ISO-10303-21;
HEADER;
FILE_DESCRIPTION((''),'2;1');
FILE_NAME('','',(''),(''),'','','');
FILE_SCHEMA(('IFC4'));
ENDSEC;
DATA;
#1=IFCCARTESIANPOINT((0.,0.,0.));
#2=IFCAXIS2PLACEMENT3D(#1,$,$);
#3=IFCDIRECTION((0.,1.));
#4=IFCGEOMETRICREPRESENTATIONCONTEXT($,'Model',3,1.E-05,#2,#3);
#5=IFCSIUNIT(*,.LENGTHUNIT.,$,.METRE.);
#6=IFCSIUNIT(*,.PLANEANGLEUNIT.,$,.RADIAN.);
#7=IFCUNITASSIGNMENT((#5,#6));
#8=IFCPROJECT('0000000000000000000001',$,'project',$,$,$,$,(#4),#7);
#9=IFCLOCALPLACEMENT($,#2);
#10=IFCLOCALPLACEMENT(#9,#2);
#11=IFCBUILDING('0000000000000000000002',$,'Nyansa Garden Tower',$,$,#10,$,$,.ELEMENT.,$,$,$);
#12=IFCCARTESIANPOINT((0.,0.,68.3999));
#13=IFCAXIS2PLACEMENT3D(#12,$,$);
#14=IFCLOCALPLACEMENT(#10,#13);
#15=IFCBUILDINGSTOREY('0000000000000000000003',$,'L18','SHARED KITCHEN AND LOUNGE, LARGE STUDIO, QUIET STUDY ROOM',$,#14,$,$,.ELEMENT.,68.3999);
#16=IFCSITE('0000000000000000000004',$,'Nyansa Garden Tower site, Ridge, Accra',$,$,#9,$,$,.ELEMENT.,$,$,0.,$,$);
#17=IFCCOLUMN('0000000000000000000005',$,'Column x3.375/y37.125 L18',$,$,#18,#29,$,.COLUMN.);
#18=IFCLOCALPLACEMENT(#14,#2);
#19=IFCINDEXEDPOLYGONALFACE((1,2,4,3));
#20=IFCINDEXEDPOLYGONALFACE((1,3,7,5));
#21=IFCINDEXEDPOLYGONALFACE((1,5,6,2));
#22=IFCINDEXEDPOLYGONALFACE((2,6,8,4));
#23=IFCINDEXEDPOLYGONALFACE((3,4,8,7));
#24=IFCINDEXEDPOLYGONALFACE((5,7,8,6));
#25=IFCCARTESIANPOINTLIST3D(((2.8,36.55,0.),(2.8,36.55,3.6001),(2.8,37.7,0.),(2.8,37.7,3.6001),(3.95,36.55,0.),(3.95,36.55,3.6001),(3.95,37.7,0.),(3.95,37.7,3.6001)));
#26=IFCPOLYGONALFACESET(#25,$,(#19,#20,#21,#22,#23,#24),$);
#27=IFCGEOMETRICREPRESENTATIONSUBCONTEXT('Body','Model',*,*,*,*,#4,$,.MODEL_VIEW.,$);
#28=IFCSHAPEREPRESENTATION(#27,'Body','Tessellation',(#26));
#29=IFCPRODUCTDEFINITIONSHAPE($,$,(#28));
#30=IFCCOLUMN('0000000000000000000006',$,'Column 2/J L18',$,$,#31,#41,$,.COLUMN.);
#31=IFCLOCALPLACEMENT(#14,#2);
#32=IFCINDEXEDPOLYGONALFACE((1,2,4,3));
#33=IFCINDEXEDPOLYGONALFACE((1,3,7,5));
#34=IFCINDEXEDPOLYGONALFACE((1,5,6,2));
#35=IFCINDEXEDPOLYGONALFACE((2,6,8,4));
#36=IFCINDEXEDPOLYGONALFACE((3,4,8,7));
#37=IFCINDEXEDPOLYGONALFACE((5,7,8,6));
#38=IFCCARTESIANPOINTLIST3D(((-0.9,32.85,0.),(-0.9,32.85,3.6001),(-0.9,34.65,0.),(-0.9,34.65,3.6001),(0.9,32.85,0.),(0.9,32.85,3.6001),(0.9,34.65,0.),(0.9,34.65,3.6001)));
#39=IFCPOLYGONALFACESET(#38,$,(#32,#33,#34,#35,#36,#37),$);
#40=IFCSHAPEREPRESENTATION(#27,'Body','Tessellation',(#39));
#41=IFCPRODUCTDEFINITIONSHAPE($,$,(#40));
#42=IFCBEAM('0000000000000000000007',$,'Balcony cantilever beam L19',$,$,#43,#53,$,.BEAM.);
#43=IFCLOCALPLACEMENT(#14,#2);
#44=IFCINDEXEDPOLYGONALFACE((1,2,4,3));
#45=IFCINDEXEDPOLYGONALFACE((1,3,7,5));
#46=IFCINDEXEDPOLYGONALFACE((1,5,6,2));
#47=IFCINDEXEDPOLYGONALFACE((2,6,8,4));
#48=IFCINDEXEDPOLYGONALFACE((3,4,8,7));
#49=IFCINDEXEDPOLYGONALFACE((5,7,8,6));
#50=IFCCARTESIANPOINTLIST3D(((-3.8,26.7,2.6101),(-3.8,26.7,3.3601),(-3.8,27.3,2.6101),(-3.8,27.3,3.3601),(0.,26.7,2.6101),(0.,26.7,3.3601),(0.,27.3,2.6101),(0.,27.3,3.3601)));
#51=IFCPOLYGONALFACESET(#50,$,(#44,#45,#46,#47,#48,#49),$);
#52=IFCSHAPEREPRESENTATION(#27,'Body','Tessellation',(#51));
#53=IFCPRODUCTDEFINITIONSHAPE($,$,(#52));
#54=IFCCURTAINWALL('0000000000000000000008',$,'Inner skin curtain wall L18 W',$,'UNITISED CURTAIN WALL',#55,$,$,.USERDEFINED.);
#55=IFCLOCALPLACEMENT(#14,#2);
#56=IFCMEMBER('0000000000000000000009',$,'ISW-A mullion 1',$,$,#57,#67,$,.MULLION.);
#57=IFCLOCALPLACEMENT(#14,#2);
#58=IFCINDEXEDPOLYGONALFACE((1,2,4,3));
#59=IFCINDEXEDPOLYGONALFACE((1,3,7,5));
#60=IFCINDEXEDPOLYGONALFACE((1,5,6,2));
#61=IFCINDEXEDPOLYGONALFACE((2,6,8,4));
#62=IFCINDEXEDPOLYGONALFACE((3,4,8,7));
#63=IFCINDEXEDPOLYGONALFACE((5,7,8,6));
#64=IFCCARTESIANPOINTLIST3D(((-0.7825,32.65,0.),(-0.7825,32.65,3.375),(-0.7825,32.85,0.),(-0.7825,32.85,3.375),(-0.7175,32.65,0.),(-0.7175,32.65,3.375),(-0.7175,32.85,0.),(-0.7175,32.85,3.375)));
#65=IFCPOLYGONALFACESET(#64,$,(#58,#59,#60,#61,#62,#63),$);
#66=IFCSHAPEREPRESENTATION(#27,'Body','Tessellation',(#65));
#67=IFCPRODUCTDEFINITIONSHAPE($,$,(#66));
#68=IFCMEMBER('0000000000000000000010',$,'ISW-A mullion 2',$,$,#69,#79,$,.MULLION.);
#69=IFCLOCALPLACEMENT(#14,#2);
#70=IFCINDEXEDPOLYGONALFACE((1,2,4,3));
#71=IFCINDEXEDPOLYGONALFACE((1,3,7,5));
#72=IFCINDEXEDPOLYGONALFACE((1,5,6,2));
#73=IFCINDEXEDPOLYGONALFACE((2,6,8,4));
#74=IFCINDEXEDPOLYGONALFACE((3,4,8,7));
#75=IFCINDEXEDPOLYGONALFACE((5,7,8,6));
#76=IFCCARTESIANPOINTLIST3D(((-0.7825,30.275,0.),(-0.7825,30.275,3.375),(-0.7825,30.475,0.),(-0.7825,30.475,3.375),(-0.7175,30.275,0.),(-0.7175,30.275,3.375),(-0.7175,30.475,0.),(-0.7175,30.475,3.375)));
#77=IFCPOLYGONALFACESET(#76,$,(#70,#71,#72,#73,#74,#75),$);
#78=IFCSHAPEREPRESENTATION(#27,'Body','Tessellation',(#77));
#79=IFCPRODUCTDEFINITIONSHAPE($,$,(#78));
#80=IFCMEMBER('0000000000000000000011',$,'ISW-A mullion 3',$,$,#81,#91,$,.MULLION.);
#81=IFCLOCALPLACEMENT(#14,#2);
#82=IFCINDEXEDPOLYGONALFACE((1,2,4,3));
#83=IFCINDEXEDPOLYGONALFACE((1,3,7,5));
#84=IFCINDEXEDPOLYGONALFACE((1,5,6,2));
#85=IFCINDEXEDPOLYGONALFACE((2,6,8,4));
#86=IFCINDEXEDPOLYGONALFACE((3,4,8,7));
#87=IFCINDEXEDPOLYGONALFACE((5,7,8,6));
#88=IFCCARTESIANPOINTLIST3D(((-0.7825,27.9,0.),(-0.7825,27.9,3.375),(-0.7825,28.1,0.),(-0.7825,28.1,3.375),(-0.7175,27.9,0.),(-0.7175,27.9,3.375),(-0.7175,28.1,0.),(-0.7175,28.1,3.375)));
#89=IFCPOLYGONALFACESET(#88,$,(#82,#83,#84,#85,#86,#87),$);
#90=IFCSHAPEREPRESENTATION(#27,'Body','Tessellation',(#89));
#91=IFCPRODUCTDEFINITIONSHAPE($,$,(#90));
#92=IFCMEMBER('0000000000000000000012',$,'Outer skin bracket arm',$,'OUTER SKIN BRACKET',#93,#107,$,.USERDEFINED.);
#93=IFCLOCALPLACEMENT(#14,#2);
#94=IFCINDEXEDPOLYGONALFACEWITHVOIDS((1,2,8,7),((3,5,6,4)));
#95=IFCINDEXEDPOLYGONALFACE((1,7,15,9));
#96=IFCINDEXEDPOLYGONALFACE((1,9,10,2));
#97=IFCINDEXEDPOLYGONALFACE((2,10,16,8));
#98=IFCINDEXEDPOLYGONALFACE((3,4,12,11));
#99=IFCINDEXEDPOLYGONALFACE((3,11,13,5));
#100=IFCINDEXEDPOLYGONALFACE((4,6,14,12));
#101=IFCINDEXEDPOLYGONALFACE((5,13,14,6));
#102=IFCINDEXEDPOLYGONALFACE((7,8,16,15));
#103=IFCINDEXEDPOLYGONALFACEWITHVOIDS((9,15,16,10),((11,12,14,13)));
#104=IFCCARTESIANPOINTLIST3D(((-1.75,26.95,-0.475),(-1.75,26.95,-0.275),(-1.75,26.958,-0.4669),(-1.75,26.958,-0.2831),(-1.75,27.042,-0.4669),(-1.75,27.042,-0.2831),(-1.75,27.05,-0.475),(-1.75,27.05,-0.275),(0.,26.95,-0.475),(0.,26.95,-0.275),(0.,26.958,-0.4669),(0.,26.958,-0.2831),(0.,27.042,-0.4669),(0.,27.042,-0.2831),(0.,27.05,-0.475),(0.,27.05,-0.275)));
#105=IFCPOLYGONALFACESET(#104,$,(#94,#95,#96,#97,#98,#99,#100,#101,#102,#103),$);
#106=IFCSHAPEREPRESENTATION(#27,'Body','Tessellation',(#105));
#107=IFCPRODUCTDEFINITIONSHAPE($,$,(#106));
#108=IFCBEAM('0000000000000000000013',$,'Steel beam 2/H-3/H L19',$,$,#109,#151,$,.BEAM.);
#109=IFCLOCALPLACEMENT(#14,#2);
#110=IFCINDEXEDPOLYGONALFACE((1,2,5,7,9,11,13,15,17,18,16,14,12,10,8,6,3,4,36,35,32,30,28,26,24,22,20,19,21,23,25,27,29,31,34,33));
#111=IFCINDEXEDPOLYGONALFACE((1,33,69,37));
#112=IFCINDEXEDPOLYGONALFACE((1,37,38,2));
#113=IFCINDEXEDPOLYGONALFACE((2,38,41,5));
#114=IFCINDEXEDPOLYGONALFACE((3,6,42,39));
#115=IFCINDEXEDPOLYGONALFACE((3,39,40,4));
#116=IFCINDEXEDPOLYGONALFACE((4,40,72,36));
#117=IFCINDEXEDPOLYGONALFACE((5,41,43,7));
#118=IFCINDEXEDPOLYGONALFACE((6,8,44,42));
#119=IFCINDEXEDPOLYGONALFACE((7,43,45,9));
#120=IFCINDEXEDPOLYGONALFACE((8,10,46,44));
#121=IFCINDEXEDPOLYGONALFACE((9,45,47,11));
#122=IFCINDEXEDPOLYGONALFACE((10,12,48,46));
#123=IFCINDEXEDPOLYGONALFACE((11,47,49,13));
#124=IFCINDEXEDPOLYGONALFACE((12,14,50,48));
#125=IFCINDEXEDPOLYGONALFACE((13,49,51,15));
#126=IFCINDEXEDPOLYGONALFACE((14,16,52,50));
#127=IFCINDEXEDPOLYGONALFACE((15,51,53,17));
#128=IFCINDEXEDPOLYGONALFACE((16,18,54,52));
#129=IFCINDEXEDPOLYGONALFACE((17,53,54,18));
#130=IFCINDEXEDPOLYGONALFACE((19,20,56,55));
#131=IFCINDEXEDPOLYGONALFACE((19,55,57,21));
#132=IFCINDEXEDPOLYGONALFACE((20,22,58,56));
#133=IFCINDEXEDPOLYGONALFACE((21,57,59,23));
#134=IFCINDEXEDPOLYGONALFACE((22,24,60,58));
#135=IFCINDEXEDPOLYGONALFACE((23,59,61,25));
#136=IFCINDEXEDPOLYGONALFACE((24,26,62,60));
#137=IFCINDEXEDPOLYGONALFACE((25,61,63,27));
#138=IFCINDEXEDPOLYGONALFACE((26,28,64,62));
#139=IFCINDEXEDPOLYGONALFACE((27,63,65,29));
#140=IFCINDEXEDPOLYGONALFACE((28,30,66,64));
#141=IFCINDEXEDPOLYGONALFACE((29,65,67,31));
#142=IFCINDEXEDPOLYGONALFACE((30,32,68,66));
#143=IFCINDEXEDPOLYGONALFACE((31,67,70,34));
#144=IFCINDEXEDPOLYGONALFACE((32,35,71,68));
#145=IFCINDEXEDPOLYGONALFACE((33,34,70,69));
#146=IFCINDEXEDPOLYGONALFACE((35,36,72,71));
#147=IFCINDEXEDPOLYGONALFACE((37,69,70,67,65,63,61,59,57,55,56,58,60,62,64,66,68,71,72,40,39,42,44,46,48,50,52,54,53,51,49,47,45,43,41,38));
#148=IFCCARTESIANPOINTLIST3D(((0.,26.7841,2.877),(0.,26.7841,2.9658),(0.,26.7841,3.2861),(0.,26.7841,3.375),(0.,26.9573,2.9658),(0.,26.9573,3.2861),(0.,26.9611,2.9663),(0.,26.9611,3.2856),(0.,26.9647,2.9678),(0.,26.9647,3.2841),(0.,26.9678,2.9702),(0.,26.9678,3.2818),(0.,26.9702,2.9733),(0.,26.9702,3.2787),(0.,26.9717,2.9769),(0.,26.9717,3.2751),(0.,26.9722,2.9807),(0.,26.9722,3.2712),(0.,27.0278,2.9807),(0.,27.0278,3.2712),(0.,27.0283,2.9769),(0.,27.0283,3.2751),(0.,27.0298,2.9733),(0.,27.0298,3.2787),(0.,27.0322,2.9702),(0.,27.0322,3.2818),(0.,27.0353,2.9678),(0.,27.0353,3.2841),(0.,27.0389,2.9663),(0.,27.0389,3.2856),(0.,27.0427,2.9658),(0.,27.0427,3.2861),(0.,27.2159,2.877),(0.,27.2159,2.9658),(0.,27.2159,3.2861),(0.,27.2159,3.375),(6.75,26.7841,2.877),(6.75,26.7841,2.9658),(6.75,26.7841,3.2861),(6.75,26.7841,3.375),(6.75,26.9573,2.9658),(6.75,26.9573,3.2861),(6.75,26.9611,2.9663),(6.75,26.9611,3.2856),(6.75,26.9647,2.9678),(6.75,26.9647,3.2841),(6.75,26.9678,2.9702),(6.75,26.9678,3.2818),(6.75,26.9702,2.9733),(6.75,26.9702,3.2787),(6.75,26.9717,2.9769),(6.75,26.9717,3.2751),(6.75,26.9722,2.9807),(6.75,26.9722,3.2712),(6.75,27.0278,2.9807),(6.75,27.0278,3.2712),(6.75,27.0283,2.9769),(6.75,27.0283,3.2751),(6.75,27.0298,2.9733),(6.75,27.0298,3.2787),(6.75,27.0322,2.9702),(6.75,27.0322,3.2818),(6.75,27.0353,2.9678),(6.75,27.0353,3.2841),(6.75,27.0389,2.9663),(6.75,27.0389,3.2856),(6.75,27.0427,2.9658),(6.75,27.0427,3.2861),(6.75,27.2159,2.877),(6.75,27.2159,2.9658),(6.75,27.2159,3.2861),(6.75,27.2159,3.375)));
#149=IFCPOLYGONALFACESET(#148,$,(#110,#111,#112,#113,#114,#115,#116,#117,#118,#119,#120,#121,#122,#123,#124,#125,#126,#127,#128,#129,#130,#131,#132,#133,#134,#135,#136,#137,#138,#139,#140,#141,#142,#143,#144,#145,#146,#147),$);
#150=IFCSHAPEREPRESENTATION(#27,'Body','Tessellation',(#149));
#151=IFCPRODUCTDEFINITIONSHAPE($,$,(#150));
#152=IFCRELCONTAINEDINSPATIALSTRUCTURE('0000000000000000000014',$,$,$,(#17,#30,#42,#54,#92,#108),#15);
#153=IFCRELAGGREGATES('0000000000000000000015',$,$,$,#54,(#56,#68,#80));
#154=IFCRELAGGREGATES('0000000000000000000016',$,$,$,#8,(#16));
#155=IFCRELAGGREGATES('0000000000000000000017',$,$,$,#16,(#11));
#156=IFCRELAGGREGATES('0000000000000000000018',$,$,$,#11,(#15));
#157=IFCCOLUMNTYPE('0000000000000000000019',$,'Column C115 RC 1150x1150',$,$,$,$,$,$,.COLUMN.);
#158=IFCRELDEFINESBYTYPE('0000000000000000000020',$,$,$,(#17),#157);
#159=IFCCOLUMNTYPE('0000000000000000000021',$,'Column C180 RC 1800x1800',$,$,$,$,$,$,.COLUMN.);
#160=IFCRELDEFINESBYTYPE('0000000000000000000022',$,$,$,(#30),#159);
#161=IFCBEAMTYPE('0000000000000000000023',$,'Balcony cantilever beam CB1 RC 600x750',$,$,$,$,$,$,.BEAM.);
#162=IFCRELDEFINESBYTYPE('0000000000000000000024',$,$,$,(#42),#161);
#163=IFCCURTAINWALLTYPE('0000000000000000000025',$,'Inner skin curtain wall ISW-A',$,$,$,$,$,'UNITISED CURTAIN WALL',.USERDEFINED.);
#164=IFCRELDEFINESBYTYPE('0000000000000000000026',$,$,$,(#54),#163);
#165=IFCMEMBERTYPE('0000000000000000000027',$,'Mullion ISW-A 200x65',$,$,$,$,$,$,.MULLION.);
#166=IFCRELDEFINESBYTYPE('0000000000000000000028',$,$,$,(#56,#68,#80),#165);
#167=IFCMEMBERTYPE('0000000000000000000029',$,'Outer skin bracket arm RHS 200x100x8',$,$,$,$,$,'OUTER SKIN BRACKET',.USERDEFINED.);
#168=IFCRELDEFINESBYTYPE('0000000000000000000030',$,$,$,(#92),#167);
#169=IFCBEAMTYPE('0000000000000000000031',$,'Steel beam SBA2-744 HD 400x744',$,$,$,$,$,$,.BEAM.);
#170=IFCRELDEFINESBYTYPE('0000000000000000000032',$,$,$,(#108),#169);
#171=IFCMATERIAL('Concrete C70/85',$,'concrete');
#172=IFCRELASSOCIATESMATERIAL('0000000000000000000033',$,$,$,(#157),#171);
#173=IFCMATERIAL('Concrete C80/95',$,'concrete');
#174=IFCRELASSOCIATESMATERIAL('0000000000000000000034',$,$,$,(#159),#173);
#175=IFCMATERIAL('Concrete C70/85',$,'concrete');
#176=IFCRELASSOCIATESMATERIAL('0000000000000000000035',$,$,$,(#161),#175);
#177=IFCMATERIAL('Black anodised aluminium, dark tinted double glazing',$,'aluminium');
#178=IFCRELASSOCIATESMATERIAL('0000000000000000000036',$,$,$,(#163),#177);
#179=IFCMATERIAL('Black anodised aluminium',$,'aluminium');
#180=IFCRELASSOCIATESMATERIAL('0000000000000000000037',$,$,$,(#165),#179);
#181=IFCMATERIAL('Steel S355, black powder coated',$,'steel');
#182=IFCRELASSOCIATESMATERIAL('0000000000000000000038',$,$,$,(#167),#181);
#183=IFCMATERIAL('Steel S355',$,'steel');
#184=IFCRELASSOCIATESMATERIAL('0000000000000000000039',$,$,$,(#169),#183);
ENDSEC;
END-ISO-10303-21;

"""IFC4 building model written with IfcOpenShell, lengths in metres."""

from ifc_helpers import new_model, si_unit, direction, frame, origin, origin_2d, place, context, subcontext, project, spatial, rectangle, hollow_rectangle, i_section, extrude, material, material_profile, profile_set, type_object, element, aggregate, save


model = new_model("IFC4")

# Units and contexts
model_context = context("Model", 3, precision=1e-05, world=origin(), true_north=direction((0.0, 1.0)))
body_context = subcontext(model_context, "Body", "Model", "MODEL_VIEW")
ifc_project = project(units=[si_unit("LENGTHUNIT", "METRE"), si_unit("PLANEANGLEUNIT", "RADIAN")], contexts=[model_context])

# Site, building, storey
site_placement = place(None, origin())
site = spatial("IfcSite", under=ifc_project, at=site_placement, Name="Nyansa Garden Tower site, Ridge, Accra", CompositionType="ELEMENT", RefElevation=0.0)
building_placement = place(site_placement, origin())
building = spatial("IfcBuilding", under=site, at=building_placement, Name="Nyansa Garden Tower", CompositionType="ELEMENT")
storey_placement = place(building_placement, frame((0.0, 0.0, 68.3999)))
storey = spatial("IfcBuildingStorey", under=building, at=storey_placement, Name="L18", Description="SHARED KITCHEN AND LOUNGE, LARGE STUDIO, QUIET STUDY ROOM", CompositionType="ELEMENT", Elevation=68.3999)

# Columns
ifc_material_1 = material(Name="Concrete C70/85", Category="concrete")
ifc_material_profile_1 = material_profile(ifc_material_1, rectangle(XDim=1.1499, YDim=1.1499, at=origin_2d()), Name="RC 1150x1150")
ifc_profile_set_1 = profile_set([ifc_material_profile_1], Name="Concrete C70/85")
column_type_1 = type_object("IfcColumnType", Name="Column C115 RC 1150x1150", PredefinedType="COLUMN", material=ifc_profile_set_1)
column_1_placement = place(storey_placement, frame((3.375, 37.125, 0.0), z_axis=(0.0, 0.0, 1.0), x_axis=(1.0, 0.0, 0.0)))
element("IfcColumn", 1, at=column_1_placement, inside=storey, type_object=column_type_1, Name="Column x3.375/y37.125 L18", PredefinedType="COLUMN", context=body_context, shape_type="SweptSolid", body=[
    extrude(rectangle(XDim=1.1499, YDim=1.1499, at=origin_2d()), origin(), (0.0, 0.0, 1.0), 3.6001),
])
ifc_material_2 = material(Name="Concrete C80/95", Category="concrete")
ifc_material_profile_2 = material_profile(ifc_material_2, rectangle(XDim=1.8, YDim=1.8, at=origin_2d()), Name="RC 1800x1800")
ifc_profile_set_2 = profile_set([ifc_material_profile_2], Name="Concrete C80/95")
column_type_2 = type_object("IfcColumnType", Name="Column C180 RC 1800x1800", PredefinedType="COLUMN", material=ifc_profile_set_2)
column_2_placement = place(storey_placement, frame((0.0, 33.75, 0.0), z_axis=(0.0, 0.0, 1.0), x_axis=(1.0, 0.0, 0.0)))
element("IfcColumn", 2, at=column_2_placement, inside=storey, type_object=column_type_2, Name="Column 2/J L18", PredefinedType="COLUMN", context=body_context, shape_type="SweptSolid", body=[
    extrude(rectangle(XDim=1.8, YDim=1.8, at=origin_2d()), origin(), (0.0, 0.0, 1.0), 3.6001),
])

# Beam
ifc_material_3 = material(Name="Concrete C70/85", Category="concrete")
ifc_material_profile_3 = material_profile(ifc_material_3, rectangle(XDim=0.6001, YDim=0.75, at=origin_2d()), Name="RC 600x750")
ifc_profile_set_3 = profile_set([ifc_material_profile_3], Name="Concrete C70/85")
beam_type_1 = type_object("IfcBeamType", Name="Balcony cantilever beam CB1 RC 600x750", PredefinedType="BEAM", material=ifc_profile_set_3)
beam_placement = place(storey_placement, frame((0.0, 27.0, 2.9851), z_axis=(-1.0, 0.0, 0.0), x_axis=(0.0, -1.0, 0.0)))
element("IfcBeam", 3, at=beam_placement, inside=storey, type_object=beam_type_1, Name="Balcony cantilever beam L19", PredefinedType="BEAM", context=body_context, shape_type="SweptSolid", body=[
    extrude(rectangle(XDim=0.6001, YDim=0.75, at=origin_2d()), origin(), (0.0, 0.0, 1.0), 3.8),
])

# Curtain wall, members
ifc_material_4 = material(Name="Black anodised aluminium, dark tinted double glazing", Category="aluminium")
curtain_wall_type = type_object("IfcCurtainWallType", Name="Inner skin curtain wall ISW-A", ElementType="UNITISED CURTAIN WALL", PredefinedType="USERDEFINED", material=ifc_material_4)
curtain_wall_placement = place(storey_placement, origin())
curtain_wall = element("IfcCurtainWall", 4, at=curtain_wall_placement, inside=storey, type_object=curtain_wall_type, Name="Inner skin curtain wall L18 W", ObjectType="UNITISED CURTAIN WALL", PredefinedType="USERDEFINED")
ifc_material_5 = material(Name="Black anodised aluminium", Category="aluminium")
ifc_material_profile_4 = material_profile(ifc_material_5, rectangle(XDim=0.0649, YDim=0.2, at=origin_2d()), Name="Mullion 200x65")
ifc_profile_set_4 = profile_set([ifc_material_profile_4], Name="Black anodised aluminium")
member_type_1 = type_object("IfcMemberType", Name="Mullion ISW-A 200x65", PredefinedType="MULLION", material=ifc_profile_set_4)
member_1_placement = place(storey_placement, frame((-0.75, 32.75, 0.0), z_axis=(0.0, 0.0, 1.0), x_axis=(1.0, 0.0, 0.0)))
member_1 = element("IfcMember", 5, at=member_1_placement, type_object=member_type_1, Name="ISW-A mullion 1", PredefinedType="MULLION", context=body_context, shape_type="SweptSolid", body=[
    extrude(rectangle(XDim=0.0649, YDim=0.2, at=origin_2d()), origin(), (0.0, 0.0, 1.0), 3.375),
])
member_2_placement = place(storey_placement, frame((-0.75, 30.375, 0.0), z_axis=(0.0, 0.0, 1.0), x_axis=(1.0, 0.0, 0.0)))
member_2 = element("IfcMember", 6, at=member_2_placement, type_object=member_type_1, Name="ISW-A mullion 2", PredefinedType="MULLION", context=body_context, shape_type="SweptSolid", body=[
    extrude(rectangle(XDim=0.0649, YDim=0.2, at=origin_2d()), origin(), (0.0, 0.0, 1.0), 3.375),
])
member_3_placement = place(storey_placement, frame((-0.75, 28.0, 0.0), z_axis=(0.0, 0.0, 1.0), x_axis=(1.0, 0.0, 0.0)))
member_3 = element("IfcMember", 7, at=member_3_placement, type_object=member_type_1, Name="ISW-A mullion 3", PredefinedType="MULLION", context=body_context, shape_type="SweptSolid", body=[
    extrude(rectangle(XDim=0.0649, YDim=0.2, at=origin_2d()), origin(), (0.0, 0.0, 1.0), 3.375),
])

# Member
ifc_material_6 = material(Name="Steel S355, black powder coated", Category="steel")
ifc_material_profile_5 = material_profile(ifc_material_6, hollow_rectangle(XDim=0.1001, YDim=0.2, WallThickness=0.0081, at=origin_2d()), Name="RHS 200x100x8")
ifc_profile_set_5 = profile_set([ifc_material_profile_5], Name="Steel S355, black powder coated")
member_type_2 = type_object("IfcMemberType", Name="Outer skin bracket arm RHS 200x100x8", ElementType="OUTER SKIN BRACKET", PredefinedType="USERDEFINED", material=ifc_profile_set_5)
member_4_placement = place(storey_placement, frame((0.0, 27.0, -0.375), z_axis=(-1.0, 0.0, 0.0), x_axis=(0.0, -1.0, 0.0)))
element("IfcMember", 8, at=member_4_placement, inside=storey, type_object=member_type_2, Name="Outer skin bracket arm", ObjectType="OUTER SKIN BRACKET", PredefinedType="USERDEFINED", context=body_context, shape_type="SweptSolid", body=[
    extrude(hollow_rectangle(XDim=0.1001, YDim=0.2, WallThickness=0.0081, at=origin_2d()), origin(), (0.0, 0.0, 1.0), 1.75),
])

# Beam
ifc_material_7 = material(Name="Steel S355", Category="steel")
ifc_material_profile_6 = material_profile(ifc_material_7, i_section(OverallWidth=0.4319, OverallDepth=0.498, WebThickness=0.0557, FlangeThickness=0.0889, FilletRadius=0.0149, at=origin_2d()), Name="HD 400x744")
ifc_profile_set_6 = profile_set([ifc_material_profile_6], Name="Steel S355")
beam_type_2 = type_object("IfcBeamType", Name="Steel beam SBA2-744 HD 400x744", PredefinedType="BEAM", material=ifc_profile_set_6)
for number, where, z_axis, x_axis, name in (
    (9, (0.0, 27.0, 3.126), (1.0, 0.0, 0.0), (0.0, 1.0, 0.0), "Steel beam 2/H-3/H L19"),
):
    element("IfcBeam", number, at=place(storey_placement, frame(where, z_axis=z_axis, x_axis=x_axis)), inside=storey, type_object=beam_type_2, Name=name, PredefinedType="BEAM", context=body_context, shape_type="SweptSolid", body=[
        extrude(i_section(OverallWidth=0.4319, OverallDepth=0.498, WebThickness=0.0557, FlangeThickness=0.0889, FilletRadius=0.0149, at=origin_2d()), origin(), (0.0, 0.0, 1.0), 6.75),
    ])

aggregate(curtain_wall, [member_1, member_2, member_3])

save(model, "model.ifc")
